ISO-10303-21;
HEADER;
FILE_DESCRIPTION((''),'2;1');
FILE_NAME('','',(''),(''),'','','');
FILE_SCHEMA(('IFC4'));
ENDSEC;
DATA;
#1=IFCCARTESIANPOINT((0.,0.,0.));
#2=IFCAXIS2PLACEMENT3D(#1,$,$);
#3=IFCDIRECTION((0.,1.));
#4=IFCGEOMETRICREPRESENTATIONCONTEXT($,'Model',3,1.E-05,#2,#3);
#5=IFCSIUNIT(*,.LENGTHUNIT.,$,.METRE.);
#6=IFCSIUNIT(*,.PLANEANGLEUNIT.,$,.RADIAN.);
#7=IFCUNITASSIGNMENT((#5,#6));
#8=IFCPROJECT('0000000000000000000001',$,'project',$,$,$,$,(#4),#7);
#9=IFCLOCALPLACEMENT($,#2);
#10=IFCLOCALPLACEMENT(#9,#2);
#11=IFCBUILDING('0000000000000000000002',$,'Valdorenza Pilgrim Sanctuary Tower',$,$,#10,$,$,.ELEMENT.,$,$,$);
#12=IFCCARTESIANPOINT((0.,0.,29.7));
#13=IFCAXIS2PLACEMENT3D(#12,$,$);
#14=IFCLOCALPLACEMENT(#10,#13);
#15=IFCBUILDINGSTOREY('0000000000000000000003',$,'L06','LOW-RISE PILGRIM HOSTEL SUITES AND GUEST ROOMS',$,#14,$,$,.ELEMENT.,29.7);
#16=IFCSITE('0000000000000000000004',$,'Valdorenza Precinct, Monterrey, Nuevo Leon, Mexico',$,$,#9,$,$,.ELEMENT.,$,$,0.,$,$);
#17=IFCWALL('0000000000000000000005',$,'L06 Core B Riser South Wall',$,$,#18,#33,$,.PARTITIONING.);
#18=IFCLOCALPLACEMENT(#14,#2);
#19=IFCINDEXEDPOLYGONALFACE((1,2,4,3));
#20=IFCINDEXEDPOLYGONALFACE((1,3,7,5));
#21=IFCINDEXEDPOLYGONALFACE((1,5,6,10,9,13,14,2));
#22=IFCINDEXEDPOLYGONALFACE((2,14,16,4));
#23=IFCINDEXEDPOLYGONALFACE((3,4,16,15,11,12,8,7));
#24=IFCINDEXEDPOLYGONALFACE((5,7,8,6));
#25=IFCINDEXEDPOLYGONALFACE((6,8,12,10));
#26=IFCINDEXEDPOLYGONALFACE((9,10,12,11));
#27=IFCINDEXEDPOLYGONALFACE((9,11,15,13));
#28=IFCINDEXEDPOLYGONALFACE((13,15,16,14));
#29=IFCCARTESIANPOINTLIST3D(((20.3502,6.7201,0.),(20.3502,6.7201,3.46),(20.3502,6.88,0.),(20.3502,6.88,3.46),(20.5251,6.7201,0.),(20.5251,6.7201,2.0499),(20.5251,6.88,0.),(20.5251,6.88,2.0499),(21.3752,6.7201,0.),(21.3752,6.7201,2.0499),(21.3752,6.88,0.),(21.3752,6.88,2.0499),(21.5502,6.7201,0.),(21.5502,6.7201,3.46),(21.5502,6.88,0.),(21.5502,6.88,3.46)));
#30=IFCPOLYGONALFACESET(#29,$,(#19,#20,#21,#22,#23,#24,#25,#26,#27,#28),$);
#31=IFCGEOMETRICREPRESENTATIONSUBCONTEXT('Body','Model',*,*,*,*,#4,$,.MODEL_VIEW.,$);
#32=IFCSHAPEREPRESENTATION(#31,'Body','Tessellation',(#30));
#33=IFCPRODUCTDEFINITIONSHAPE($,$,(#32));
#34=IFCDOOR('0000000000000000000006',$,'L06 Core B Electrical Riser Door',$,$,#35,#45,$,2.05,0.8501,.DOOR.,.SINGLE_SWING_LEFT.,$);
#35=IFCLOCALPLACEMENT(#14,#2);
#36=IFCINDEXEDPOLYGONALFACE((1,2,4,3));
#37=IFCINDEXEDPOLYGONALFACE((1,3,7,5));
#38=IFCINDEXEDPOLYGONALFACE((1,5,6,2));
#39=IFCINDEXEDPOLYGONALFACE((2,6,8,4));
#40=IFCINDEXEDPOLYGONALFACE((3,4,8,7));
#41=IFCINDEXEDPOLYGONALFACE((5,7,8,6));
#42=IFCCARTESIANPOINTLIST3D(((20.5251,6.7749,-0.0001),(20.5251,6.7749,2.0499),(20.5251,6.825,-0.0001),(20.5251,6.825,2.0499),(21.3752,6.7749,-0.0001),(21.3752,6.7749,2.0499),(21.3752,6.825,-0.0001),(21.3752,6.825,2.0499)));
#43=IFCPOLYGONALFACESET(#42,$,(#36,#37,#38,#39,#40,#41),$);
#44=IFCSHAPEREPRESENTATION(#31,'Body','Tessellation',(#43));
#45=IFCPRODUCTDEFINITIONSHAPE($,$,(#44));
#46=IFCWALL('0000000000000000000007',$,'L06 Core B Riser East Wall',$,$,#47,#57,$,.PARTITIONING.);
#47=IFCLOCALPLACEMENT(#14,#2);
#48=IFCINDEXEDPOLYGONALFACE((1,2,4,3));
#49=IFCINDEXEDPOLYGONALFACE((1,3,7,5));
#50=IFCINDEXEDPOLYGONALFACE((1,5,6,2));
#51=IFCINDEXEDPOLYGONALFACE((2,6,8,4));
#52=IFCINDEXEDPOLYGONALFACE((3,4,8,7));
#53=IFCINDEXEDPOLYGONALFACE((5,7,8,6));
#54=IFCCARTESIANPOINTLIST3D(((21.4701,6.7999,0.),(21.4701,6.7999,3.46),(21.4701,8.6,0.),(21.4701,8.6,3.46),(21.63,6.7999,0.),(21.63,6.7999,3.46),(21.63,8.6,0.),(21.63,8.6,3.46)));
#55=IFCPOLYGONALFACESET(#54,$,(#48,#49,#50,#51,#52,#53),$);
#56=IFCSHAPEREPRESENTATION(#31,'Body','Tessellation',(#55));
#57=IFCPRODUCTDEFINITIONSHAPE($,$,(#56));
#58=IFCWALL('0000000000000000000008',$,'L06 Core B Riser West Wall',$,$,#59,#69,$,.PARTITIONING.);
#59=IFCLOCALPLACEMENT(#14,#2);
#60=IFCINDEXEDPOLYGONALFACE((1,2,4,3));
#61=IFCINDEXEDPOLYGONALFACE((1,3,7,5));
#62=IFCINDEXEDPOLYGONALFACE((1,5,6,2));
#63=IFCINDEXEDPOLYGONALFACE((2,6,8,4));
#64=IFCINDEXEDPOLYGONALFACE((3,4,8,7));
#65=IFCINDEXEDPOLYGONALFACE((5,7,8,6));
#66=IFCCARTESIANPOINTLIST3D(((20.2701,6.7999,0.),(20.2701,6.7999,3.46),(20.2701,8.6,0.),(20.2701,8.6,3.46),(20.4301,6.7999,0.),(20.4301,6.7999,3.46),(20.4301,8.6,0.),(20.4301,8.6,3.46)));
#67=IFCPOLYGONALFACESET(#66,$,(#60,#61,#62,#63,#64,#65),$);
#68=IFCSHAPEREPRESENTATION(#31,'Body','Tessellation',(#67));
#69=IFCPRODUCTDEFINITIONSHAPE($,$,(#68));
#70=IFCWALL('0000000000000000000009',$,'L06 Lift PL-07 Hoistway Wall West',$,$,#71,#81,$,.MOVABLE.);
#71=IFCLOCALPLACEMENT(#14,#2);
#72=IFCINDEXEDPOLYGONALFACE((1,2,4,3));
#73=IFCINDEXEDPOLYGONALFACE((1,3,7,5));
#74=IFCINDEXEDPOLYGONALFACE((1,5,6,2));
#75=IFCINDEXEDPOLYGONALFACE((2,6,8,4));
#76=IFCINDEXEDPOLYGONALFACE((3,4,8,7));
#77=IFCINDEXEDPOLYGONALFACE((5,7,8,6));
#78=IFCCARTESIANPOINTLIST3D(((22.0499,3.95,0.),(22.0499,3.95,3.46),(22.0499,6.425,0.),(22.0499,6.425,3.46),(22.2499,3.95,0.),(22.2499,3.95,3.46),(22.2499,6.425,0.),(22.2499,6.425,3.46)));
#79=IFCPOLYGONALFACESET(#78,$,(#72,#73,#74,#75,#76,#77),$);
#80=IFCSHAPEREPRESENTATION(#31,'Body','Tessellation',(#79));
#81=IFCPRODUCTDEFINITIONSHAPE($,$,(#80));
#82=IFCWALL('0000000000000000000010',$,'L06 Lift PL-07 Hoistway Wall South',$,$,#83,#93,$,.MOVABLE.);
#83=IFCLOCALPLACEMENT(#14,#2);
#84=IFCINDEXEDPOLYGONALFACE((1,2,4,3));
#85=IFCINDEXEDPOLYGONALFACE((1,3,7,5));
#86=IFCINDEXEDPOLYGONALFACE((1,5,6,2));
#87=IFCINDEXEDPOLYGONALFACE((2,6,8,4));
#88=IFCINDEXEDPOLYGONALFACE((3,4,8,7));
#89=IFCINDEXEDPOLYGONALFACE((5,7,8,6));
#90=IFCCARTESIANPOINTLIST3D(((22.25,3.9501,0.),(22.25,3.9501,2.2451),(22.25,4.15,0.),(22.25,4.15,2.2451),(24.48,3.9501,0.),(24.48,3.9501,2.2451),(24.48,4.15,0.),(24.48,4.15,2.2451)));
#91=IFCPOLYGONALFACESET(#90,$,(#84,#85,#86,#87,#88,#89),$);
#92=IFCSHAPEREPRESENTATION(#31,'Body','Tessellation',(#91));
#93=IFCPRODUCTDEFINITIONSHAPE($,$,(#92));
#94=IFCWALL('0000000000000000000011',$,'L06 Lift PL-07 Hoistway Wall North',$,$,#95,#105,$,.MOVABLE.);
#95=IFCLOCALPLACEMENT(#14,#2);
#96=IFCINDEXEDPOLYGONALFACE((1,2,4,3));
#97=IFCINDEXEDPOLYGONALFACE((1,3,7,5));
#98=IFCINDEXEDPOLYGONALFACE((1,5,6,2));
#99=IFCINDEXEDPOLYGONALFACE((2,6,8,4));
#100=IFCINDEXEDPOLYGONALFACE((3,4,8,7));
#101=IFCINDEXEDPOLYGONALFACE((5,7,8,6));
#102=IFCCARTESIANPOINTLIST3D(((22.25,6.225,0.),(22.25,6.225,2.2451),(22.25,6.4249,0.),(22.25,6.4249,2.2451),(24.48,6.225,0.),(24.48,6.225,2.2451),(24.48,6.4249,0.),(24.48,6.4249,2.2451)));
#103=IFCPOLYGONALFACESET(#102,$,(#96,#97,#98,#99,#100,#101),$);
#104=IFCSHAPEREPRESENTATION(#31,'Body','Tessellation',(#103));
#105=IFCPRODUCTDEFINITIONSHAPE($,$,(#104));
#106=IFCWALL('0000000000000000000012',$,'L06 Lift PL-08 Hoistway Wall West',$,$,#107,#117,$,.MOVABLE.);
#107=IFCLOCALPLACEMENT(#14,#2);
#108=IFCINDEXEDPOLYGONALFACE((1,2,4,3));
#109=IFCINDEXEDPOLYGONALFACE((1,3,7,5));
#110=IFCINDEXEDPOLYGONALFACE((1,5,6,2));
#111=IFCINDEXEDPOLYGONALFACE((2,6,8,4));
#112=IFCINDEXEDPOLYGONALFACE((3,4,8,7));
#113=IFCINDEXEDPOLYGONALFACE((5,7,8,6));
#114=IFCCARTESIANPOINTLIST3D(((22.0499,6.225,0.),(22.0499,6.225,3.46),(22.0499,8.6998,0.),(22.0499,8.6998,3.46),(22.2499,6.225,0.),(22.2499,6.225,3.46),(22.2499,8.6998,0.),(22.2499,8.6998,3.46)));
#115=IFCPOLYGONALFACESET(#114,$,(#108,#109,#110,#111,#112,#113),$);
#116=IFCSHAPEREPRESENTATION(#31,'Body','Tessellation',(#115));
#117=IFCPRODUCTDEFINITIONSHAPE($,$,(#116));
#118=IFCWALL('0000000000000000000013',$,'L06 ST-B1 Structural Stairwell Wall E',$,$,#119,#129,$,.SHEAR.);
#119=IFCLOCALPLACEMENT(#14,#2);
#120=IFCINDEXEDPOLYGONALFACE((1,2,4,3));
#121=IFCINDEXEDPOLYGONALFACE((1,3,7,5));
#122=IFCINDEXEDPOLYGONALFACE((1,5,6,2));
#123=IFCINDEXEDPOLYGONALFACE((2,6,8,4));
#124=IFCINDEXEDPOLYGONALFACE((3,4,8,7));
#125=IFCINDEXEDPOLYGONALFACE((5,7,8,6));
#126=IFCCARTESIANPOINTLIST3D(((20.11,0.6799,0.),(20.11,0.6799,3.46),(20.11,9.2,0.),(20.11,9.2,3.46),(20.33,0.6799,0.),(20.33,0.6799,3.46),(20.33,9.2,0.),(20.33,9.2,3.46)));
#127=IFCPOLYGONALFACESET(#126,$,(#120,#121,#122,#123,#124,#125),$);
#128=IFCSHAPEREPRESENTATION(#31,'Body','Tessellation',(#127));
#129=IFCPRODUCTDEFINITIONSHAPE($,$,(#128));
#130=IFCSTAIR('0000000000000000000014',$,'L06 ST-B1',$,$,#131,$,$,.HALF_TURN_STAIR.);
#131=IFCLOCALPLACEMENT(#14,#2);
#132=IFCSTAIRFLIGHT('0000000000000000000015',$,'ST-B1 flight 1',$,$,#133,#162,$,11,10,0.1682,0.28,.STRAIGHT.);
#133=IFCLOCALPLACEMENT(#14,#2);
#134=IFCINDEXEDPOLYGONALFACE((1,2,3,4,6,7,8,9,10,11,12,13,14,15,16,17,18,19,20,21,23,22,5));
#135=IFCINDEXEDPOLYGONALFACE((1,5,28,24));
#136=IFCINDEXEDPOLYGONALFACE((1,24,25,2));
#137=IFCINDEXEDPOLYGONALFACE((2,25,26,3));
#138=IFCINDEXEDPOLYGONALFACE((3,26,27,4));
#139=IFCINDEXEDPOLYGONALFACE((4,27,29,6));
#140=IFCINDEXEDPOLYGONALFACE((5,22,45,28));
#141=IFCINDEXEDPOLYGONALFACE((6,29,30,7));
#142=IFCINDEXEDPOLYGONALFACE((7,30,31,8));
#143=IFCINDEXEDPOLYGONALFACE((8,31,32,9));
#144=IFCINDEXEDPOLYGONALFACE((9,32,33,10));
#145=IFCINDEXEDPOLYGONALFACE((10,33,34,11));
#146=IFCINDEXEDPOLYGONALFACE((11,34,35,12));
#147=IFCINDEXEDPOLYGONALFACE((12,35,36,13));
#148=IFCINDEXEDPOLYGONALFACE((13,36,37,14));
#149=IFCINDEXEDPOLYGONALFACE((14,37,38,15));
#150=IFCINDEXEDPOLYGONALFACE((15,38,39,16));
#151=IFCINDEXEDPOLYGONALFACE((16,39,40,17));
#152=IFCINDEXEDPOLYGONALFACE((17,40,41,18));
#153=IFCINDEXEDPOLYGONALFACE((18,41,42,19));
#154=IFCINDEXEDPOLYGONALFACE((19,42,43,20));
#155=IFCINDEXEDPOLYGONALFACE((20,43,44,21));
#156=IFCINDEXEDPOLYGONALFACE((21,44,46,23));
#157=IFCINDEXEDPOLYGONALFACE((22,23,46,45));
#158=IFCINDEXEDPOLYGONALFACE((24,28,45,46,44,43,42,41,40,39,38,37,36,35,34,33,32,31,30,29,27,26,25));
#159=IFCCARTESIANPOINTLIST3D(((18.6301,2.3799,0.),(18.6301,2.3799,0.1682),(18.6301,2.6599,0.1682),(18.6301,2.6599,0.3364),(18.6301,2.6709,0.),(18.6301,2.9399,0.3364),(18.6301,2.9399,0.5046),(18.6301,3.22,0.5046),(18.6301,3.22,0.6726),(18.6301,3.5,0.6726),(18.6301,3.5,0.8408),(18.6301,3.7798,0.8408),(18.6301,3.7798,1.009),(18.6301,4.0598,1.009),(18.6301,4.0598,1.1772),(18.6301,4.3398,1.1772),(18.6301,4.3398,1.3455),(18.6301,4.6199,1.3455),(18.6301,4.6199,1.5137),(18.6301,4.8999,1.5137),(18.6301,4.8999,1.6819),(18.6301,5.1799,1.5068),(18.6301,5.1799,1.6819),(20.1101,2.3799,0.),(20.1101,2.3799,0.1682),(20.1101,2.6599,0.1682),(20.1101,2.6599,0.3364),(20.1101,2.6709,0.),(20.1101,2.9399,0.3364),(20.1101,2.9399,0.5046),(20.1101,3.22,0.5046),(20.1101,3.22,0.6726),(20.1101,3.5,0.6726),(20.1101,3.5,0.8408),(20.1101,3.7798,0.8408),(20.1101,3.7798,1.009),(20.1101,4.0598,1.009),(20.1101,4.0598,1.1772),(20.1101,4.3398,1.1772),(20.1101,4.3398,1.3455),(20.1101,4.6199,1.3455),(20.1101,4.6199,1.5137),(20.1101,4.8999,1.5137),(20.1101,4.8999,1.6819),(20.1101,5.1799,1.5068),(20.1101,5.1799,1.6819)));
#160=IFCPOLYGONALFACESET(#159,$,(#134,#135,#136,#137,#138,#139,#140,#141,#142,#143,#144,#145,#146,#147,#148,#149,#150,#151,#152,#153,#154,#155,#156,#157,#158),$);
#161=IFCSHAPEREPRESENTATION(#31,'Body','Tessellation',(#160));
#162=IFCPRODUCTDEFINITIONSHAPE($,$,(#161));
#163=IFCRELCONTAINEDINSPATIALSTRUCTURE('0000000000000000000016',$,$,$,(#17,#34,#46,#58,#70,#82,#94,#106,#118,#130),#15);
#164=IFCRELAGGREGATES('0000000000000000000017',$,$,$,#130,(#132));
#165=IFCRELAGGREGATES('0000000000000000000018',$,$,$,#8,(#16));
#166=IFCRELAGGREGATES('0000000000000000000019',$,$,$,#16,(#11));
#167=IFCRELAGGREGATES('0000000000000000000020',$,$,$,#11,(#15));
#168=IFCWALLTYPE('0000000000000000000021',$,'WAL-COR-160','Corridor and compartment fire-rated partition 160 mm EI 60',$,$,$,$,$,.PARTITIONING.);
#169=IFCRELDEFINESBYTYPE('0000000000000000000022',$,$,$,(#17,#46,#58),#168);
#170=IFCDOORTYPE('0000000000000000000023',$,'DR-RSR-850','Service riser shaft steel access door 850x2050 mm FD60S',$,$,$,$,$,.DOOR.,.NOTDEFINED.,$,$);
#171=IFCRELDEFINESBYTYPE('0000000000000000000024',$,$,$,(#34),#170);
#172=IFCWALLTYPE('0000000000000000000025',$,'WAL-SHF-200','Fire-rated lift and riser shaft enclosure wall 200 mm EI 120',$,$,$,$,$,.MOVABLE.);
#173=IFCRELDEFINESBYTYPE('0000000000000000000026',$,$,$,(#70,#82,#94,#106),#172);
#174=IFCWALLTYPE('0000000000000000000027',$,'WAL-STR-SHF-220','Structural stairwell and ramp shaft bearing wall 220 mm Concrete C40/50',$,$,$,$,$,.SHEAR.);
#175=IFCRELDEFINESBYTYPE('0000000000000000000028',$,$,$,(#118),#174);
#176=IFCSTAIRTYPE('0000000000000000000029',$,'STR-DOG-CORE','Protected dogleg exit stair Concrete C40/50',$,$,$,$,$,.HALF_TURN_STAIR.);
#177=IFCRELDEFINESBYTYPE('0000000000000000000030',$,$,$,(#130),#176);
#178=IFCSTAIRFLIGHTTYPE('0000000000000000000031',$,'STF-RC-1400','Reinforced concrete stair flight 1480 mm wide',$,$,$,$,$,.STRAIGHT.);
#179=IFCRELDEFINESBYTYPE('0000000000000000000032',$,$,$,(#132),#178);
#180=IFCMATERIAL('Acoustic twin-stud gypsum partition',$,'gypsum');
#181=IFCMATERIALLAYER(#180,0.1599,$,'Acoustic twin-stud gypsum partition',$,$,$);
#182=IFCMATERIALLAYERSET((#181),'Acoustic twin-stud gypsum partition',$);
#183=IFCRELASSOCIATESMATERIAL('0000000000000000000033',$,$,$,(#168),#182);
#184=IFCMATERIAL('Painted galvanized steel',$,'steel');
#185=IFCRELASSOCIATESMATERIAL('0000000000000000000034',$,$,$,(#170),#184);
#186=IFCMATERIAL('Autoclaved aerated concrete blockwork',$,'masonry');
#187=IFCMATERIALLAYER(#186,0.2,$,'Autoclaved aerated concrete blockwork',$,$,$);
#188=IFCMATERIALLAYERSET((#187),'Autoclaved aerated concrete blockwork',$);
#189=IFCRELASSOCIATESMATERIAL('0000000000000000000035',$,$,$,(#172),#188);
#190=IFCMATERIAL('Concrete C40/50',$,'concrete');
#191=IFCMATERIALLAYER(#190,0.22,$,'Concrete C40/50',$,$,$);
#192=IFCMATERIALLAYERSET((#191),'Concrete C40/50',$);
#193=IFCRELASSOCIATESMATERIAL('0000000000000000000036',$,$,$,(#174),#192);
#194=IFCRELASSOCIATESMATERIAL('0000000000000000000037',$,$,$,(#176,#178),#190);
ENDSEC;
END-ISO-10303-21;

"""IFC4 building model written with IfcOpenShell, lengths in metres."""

from ifc_helpers import new_model, si_unit, direction, frame, frame_2d, origin, place, context, subcontext, project, spatial, polyline, rectangle, outline, extrude, material, layer, layer_set, type_object, element, fill, aggregate, save


model = new_model("IFC4")

# Units and contexts
model_context = context("Model", 3, precision=1e-05, world=origin(), true_north=direction((0.0, 1.0)))
body_context = subcontext(model_context, "Body", "Model", "MODEL_VIEW")
ifc_project = project(units=[si_unit("LENGTHUNIT", "METRE"), si_unit("PLANEANGLEUNIT", "RADIAN")], contexts=[model_context])

# Site, building, storey
site_placement = place(None, origin())
site = spatial("IfcSite", under=ifc_project, at=site_placement, Name="Valdorenza Precinct, Monterrey, Nuevo Leon, Mexico", CompositionType="ELEMENT", RefElevation=0.0)
building_placement = place(site_placement, origin())
building = spatial("IfcBuilding", under=site, at=building_placement, Name="Valdorenza Pilgrim Sanctuary Tower", CompositionType="ELEMENT")
storey_placement = place(building_placement, frame((0.0, 0.0, 29.7)))
storey = spatial("IfcBuildingStorey", under=building, at=storey_placement, Name="L06", Description="LOW-RISE PILGRIM HOSTEL SUITES AND GUEST ROOMS", CompositionType="ELEMENT", Elevation=29.7)

# Wall, opening, door
ifc_material_1 = material(Name="Acoustic twin-stud gypsum partition", Category="gypsum")
ifc_layer_1 = layer(ifc_material_1, 0.1599, Name="Acoustic twin-stud gypsum partition")
ifc_layer_set_1 = layer_set([ifc_layer_1], Name="Acoustic twin-stud gypsum partition")
wall_type_1 = type_object("IfcWallType", Name="WAL-COR-160", Description="Corridor and compartment fire-rated partition 160 mm EI 60", PredefinedType="PARTITIONING", material=ifc_layer_set_1)
wall_1_placement = place(storey_placement, frame((20.3501, 6.8, 0.0), z_axis=(0.0, 0.0, 1.0), x_axis=(1.0, 0.0, 0.0)))
wall_1 = element("IfcWall", 1, at=wall_1_placement, inside=storey, type_object=wall_type_1, Name="L06 Core B Riser South Wall", PredefinedType="PARTITIONING", context=body_context, shape_type="SweptSolid", body=[
    extrude(rectangle(XDim=1.2, YDim=0.1599, at=frame_2d((0.6001, 0.0))), origin(), (0.0, 0.0, 1.0), 3.46),
])
opening_1_placement = place(wall_1_placement, frame((0.175, 0.0, 0.0)))
opening_1 = element("IfcOpeningElement", 2, at=opening_1_placement, cuts=wall_1, PredefinedType="OPENING", context=body_context, shape_type="SweptSolid", body=[
    extrude(rectangle(XDim=0.8501, YDim=2.05, at=frame_2d((0.425, 1.0249))), frame((0.0, 0.0947, 0.0), z_axis=(0.0, -1.0, 0.0), x_axis=(1.0, 0.0, 0.0)), (0.0, 0.0, 1.0), 0.1897),
])
ifc_material_2 = material(Name="Painted galvanized steel", Category="steel")
door_type_1 = type_object("IfcDoorType", Name="DR-RSR-850", Description="Service riser shaft steel access door 850x2050 mm FD60S", OperationType="NOTDEFINED", PredefinedType="DOOR", material=ifc_material_2)
door_1_placement = place(opening_1_placement, origin())
door_1 = element("IfcDoor", 3, at=door_1_placement, inside=storey, type_object=door_type_1, Name="L06 Core B Electrical Riser Door", OperationType="SINGLE_SWING_LEFT", OverallHeight=2.05, OverallWidth=0.8501, PredefinedType="DOOR", context=body_context, shape_type="SweptSolid", body=[
    extrude(rectangle(XDim=0.8501, YDim=2.05, at=frame_2d((0.425, 1.0249))), frame((0.0, 0.0249, 0.0), z_axis=(0.0, -1.0, 0.0), x_axis=(1.0, 0.0, 0.0)), (0.0, 0.0, 1.0), 0.05),
])
fill(opening_1, door_1)

# Walls
for number, where, z_axis, x_axis, name in (
    (4, (21.55, 6.8, 0.0), (0.0, 0.0, 1.0), (0.0, 1.0, 0.0), "L06 Core B Riser East Wall"),
    (5, (20.3501, 6.8, 0.0), (0.0, 0.0, 1.0), (0.0, 1.0, 0.0), "L06 Core B Riser West Wall"),
):
    element("IfcWall", number, at=place(storey_placement, frame(where, z_axis=z_axis, x_axis=x_axis)), inside=storey, type_object=wall_type_1, Name=name, PredefinedType="PARTITIONING", context=body_context, shape_type="SweptSolid", body=[
        extrude(rectangle(XDim=1.8, YDim=0.1599, at=frame_2d((0.8999, 0.0))), origin(), (0.0, 0.0, 1.0), 3.46),
    ])
ifc_material_3 = material(Name="Autoclaved aerated concrete blockwork", Category="masonry")
ifc_layer_2 = layer(ifc_material_3, 0.2, Name="Autoclaved aerated concrete blockwork")
ifc_layer_set_2 = layer_set([ifc_layer_2], Name="Autoclaved aerated concrete blockwork")
wall_type_2 = type_object("IfcWallType", Name="WAL-SHF-200", Description="Fire-rated lift and riser shaft enclosure wall 200 mm EI 120", PredefinedType="MOVABLE", material=ifc_layer_set_2)
wall_2_placement = place(storey_placement, frame((22.1499, 3.95, 0.0), z_axis=(0.0, 0.0, 1.0), x_axis=(0.0, 1.0, 0.0)))
element("IfcWall", 6, at=wall_2_placement, inside=storey, type_object=wall_type_2, Name="L06 Lift PL-07 Hoistway Wall West", PredefinedType="MOVABLE", context=body_context, shape_type="SweptSolid", body=[
    extrude(rectangle(XDim=2.4751, YDim=0.2, at=frame_2d((1.2375, 0.0))), origin(), (0.0, 0.0, 1.0), 3.46),
])
for number, where, z_axis, x_axis, name in (
    (7, (22.25, 4.05, 0.0), (0.0, 0.0, 1.0), (1.0, 0.0, 0.0), "L06 Lift PL-07 Hoistway Wall South"),
    (8, (22.25, 6.325, 0.0), (0.0, 0.0, 1.0), (1.0, 0.0, 0.0), "L06 Lift PL-07 Hoistway Wall North"),
):
    element("IfcWall", number, at=place(storey_placement, frame(where, z_axis=z_axis, x_axis=x_axis)), inside=storey, type_object=wall_type_2, Name=name, PredefinedType="MOVABLE", context=body_context, shape_type="SweptSolid", body=[
        extrude(rectangle(XDim=2.23, YDim=0.2, at=frame_2d((1.115, 0.0))), origin(), (0.0, 0.0, 1.0), 2.2451),
    ])
wall_3_placement = place(storey_placement, frame((22.1499, 6.2251, 0.0), z_axis=(0.0, 0.0, 1.0), x_axis=(0.0, 1.0, 0.0)))
element("IfcWall", 9, at=wall_3_placement, inside=storey, type_object=wall_type_2, Name="L06 Lift PL-08 Hoistway Wall West", PredefinedType="MOVABLE", context=body_context, shape_type="SweptSolid", body=[
    extrude(rectangle(XDim=2.4749, YDim=0.2, at=frame_2d((1.2373, 0.0))), origin(), (0.0, 0.0, 1.0), 3.46),
])
ifc_material_4 = material(Name="Concrete C40/50", Category="concrete")
ifc_layer_3 = layer(ifc_material_4, 0.22, Name="Concrete C40/50")
ifc_layer_set_3 = layer_set([ifc_layer_3], Name="Concrete C40/50")
wall_type_3 = type_object("IfcWallType", Name="WAL-STR-SHF-220", Description="Structural stairwell and ramp shaft bearing wall 220 mm Concrete C40/50", PredefinedType="SHEAR", material=ifc_layer_set_3)
wall_4_placement = place(storey_placement, frame((20.22, 0.6799, 0.0), z_axis=(0.0, 0.0, 1.0), x_axis=(0.0, 1.0, 0.0)))
element("IfcWall", 10, at=wall_4_placement, inside=storey, type_object=wall_type_3, Name="L06 ST-B1 Structural Stairwell Wall E", PredefinedType="SHEAR", context=body_context, shape_type="SweptSolid", body=[
    extrude(rectangle(XDim=8.52, YDim=0.22, at=frame_2d((4.26, 0.0))), origin(), (0.0, 0.0, 1.0), 3.46),
])

# Stair, stair flight
stair_type = type_object("IfcStairType", Name="STR-DOG-CORE", Description="Protected dogleg exit stair Concrete C40/50", PredefinedType="HALF_TURN_STAIR", material=ifc_material_4)
stair_placement = place(storey_placement, origin())
stair = element("IfcStair", 11, at=stair_placement, inside=storey, type_object=stair_type, Name="L06 ST-B1", PredefinedType="HALF_TURN_STAIR")
stair_flight_type = type_object("IfcStairFlightType", Name="STF-RC-1400", Description="Reinforced concrete stair flight 1480 mm wide", PredefinedType="STRAIGHT", material=ifc_material_4)
stair_flight_1_placement = place(storey_placement, frame((19.3701, 2.3799, 0.0), z_axis=(0.0, 0.0, 1.0), x_axis=(0.0, 1.0, 0.0)))
stair_flight_1 = element("IfcStairFlight", 12, at=stair_flight_1_placement, type_object=stair_flight_type, Name="ST-B1 flight 1", NumberOfRisers=11, NumberOfTreads=10, PredefinedType="STRAIGHT", RiserHeight=0.1682, TreadLength=0.28, context=body_context, shape_type="SweptSolid", body=[
    extrude(outline(polyline([(0.0, 0.0), (0.0, 0.1682), (0.28, 0.1682), (0.28, 0.3364), (0.5601, 0.3364), (0.5601, 0.5046), (0.8401, 0.5046), (0.8401, 0.6726), (1.1201, 0.6726), (1.1201, 0.8408), (1.3999, 0.8408), (1.3999, 1.009), (1.6799, 1.009), (1.6799, 1.1772), (1.96, 1.1772), (1.96, 1.3455), (2.24, 1.3455), (2.24, 1.5137), (2.52, 1.5137), (2.52, 1.6819), (2.8, 1.6819), (2.8, 1.8501), (2.8, 1.5068), (0.291, 0.0), (0.0, 0.0)])), frame((0.0, 0.74, 0.0), z_axis=(0.0, -1.0, 0.0), x_axis=(1.0, 0.0, 0.0)), (0.0, 0.0, 1.0), 1.48),
])
aggregate(stair, [stair_flight_1])

save(model, "model.ifc")
